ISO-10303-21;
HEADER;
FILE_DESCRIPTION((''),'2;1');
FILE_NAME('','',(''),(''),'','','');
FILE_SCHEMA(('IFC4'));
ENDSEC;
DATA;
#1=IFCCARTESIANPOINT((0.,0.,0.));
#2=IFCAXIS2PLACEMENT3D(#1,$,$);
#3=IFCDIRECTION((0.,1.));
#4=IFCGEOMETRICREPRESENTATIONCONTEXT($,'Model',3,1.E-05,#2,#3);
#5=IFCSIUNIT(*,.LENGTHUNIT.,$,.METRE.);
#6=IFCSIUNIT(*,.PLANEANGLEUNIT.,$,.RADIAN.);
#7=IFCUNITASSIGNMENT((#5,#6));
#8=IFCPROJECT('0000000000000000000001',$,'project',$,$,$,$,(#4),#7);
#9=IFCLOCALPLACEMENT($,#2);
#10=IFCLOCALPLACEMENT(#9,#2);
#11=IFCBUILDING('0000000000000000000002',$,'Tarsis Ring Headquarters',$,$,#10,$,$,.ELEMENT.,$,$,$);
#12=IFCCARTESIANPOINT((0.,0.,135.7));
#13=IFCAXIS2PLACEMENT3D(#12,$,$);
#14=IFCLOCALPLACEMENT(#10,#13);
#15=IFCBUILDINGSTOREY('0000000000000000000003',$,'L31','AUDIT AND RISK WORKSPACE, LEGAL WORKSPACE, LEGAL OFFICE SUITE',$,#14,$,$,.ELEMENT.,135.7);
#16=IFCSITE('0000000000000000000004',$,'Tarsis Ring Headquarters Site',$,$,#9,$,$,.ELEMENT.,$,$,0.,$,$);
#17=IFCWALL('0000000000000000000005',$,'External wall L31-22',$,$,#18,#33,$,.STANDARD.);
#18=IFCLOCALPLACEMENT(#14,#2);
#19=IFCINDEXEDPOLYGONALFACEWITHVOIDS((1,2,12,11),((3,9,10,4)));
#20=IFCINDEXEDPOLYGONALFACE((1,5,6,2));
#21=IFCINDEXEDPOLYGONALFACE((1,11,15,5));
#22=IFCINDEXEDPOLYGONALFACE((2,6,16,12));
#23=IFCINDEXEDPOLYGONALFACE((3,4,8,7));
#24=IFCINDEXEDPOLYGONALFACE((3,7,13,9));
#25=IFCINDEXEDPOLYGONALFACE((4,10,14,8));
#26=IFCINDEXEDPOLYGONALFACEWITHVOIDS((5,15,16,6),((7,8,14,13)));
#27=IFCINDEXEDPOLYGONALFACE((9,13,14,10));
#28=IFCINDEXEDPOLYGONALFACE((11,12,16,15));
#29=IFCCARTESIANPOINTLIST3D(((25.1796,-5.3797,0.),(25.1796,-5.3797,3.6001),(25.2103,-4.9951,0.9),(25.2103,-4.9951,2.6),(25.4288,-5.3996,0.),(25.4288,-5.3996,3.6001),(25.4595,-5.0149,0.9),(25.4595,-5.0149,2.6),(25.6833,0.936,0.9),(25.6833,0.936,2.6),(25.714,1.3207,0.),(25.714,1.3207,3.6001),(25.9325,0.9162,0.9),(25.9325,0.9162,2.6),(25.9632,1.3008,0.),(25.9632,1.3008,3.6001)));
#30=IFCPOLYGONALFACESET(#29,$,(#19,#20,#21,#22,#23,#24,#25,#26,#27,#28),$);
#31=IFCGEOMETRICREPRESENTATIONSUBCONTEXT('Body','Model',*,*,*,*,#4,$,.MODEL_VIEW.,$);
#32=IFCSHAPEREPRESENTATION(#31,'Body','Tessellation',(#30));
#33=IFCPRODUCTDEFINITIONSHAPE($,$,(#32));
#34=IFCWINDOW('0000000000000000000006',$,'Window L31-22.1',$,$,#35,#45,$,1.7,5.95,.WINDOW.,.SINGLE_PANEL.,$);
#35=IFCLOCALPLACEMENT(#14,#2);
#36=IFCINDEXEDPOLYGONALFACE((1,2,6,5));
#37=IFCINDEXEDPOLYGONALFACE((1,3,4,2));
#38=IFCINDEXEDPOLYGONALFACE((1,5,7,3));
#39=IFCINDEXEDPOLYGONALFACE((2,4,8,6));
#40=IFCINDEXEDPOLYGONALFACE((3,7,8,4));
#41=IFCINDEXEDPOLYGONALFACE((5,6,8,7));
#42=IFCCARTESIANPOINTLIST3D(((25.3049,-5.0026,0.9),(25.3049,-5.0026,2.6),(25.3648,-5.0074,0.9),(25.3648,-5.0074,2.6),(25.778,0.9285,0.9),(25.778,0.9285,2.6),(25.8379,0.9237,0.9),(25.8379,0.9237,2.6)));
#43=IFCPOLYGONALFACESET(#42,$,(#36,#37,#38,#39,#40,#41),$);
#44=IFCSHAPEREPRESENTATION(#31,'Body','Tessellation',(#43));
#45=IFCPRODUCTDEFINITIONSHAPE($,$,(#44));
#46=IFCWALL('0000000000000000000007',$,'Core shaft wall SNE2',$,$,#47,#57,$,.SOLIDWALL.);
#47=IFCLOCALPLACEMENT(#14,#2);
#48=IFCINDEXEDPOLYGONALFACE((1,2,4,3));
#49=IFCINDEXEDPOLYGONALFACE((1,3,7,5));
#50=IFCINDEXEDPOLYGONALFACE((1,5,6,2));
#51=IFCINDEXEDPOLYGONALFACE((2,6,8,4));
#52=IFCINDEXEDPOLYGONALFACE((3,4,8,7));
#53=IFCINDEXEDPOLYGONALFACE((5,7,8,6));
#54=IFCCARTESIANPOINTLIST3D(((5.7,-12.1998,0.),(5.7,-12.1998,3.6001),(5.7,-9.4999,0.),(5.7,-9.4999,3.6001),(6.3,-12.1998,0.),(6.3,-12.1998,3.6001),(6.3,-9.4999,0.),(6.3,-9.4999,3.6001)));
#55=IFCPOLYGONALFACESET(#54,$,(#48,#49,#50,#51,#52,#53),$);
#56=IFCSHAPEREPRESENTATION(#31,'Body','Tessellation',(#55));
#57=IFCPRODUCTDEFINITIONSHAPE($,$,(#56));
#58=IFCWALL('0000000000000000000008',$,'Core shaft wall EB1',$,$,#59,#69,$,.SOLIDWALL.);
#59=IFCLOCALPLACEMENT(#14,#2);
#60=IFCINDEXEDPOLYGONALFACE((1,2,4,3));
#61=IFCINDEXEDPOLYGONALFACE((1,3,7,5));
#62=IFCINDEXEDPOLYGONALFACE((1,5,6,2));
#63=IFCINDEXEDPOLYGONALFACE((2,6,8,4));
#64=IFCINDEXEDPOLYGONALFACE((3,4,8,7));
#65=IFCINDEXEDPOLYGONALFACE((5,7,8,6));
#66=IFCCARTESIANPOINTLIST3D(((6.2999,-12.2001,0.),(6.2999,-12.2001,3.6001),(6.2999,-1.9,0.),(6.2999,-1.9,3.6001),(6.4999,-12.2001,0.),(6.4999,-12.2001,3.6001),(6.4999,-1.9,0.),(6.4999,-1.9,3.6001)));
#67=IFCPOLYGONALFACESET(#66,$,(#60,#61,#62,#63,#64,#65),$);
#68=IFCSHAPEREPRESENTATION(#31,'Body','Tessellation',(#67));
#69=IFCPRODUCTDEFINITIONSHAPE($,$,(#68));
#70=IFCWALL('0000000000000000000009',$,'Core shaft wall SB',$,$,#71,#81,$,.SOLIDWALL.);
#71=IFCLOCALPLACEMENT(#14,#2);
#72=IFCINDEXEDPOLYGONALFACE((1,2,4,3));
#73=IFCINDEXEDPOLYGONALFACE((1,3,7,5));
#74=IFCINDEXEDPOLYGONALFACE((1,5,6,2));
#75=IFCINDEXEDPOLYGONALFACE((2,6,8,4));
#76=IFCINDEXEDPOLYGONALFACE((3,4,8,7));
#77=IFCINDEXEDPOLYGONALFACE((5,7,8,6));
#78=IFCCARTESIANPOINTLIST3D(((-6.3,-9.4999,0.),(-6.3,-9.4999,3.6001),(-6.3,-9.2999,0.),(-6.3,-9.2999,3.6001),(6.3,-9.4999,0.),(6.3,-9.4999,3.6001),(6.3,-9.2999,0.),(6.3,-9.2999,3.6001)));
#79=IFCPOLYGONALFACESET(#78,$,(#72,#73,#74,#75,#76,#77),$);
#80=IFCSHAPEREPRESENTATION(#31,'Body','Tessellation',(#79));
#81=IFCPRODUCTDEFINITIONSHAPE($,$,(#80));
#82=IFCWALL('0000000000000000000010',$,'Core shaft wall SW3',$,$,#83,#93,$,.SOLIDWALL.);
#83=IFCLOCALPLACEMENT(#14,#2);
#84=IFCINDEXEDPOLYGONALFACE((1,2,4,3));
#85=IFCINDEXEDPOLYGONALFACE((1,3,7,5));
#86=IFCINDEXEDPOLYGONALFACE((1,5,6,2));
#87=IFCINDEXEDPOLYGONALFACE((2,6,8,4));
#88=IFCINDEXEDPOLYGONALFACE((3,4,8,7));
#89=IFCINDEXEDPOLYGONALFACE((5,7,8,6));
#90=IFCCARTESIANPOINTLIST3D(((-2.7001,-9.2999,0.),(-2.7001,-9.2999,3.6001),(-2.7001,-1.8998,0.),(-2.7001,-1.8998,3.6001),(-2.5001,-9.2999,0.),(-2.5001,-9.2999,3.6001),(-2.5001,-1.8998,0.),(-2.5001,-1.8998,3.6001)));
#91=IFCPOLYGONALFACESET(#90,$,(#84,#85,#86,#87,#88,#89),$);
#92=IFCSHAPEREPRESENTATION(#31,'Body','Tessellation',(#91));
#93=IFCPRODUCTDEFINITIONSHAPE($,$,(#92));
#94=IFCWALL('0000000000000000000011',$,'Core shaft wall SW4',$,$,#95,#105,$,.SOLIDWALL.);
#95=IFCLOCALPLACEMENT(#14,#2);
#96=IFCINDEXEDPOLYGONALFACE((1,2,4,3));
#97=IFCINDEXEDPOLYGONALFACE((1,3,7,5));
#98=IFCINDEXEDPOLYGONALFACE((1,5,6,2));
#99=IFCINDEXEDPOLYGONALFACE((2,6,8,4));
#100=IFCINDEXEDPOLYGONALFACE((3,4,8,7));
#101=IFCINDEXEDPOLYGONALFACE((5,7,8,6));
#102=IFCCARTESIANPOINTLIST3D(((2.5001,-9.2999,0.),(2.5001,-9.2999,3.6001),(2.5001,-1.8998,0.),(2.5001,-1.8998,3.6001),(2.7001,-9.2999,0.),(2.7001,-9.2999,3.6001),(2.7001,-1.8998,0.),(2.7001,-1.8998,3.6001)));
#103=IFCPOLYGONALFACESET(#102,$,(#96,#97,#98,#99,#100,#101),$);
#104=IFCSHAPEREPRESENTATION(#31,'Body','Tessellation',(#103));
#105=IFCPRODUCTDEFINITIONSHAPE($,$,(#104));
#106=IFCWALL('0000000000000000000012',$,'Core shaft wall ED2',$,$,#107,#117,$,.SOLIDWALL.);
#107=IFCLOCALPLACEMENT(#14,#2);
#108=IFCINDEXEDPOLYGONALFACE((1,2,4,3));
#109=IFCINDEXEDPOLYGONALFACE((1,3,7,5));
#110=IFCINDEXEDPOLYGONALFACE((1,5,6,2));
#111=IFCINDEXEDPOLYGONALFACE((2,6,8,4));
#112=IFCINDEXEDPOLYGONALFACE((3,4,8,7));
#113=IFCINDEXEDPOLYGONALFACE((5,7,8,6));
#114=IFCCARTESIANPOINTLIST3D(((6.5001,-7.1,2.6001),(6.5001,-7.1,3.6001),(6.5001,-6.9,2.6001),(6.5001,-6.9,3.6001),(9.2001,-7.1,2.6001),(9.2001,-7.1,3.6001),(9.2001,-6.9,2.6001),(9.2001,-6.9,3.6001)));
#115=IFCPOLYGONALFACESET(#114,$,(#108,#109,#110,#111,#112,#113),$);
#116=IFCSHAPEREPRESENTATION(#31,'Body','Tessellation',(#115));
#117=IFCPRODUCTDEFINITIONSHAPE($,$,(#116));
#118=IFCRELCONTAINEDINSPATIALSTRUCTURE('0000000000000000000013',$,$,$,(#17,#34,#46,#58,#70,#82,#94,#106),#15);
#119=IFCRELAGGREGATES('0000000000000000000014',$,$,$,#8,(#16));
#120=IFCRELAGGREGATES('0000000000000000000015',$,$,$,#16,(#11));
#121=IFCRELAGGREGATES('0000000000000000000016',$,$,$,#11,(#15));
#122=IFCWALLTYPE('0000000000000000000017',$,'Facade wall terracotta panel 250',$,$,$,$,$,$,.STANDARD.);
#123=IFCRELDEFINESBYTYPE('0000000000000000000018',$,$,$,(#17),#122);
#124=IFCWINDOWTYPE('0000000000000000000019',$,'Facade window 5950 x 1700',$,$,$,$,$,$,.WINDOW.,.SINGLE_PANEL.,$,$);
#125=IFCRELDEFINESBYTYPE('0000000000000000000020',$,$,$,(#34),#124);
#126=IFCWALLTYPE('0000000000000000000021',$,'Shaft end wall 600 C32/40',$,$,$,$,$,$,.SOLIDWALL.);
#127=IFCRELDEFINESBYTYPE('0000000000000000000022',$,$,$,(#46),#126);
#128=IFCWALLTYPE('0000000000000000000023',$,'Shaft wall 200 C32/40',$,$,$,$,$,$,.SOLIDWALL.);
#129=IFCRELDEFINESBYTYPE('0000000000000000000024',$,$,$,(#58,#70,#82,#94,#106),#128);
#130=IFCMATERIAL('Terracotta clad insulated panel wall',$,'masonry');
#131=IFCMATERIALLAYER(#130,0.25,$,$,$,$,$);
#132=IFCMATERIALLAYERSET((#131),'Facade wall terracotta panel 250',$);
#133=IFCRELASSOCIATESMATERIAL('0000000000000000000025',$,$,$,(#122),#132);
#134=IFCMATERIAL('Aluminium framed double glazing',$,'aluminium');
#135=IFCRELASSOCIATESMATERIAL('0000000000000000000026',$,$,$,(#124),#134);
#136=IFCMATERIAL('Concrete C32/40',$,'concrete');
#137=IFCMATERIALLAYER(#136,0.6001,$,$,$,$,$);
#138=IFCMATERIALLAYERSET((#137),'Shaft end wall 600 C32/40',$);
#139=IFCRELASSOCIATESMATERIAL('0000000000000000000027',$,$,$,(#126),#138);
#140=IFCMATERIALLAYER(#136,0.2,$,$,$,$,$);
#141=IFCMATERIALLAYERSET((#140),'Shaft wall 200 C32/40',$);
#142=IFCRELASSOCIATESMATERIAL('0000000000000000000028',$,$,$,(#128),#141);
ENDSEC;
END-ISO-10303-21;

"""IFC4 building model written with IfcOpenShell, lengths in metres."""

from ifc_helpers import new_model, si_unit, direction, frame, frame_2d, origin, place, context, subcontext, project, spatial, rectangle, extrude, material, layer, layer_set, type_object, element, fill, save


model = new_model("IFC4")

# Units and contexts
model_context = context("Model", 3, precision=1e-05, world=origin(), true_north=direction((0.0, 1.0)))
body_context = subcontext(model_context, "Body", "Model", "MODEL_VIEW")
ifc_project = project(units=[si_unit("LENGTHUNIT", "METRE"), si_unit("PLANEANGLEUNIT", "RADIAN")], contexts=[model_context])

# Site, building, storey
site_placement = place(None, origin())
site = spatial("IfcSite", under=ifc_project, at=site_placement, Name="Tarsis Ring Headquarters Site", CompositionType="ELEMENT", RefElevation=0.0)
building_placement = place(site_placement, origin())
building = spatial("IfcBuilding", under=site, at=building_placement, Name="Tarsis Ring Headquarters", CompositionType="ELEMENT")
storey_placement = place(building_placement, frame((0.0, 0.0, 135.7)))
storey = spatial("IfcBuildingStorey", under=building, at=storey_placement, Name="L31", Description="AUDIT AND RISK WORKSPACE, LEGAL WORKSPACE, LEGAL OFFICE SUITE", CompositionType="ELEMENT", Elevation=135.7)

# Wall, opening, window
ifc_material_1 = material(Name="Terracotta clad insulated panel wall", Category="masonry")
ifc_layer_1 = layer(ifc_material_1, 0.25)
ifc_layer_set_1 = layer_set([ifc_layer_1], Name="Facade wall terracotta panel 250")
wall_type_1 = type_object("IfcWallType", Name="Facade wall terracotta panel 250", PredefinedType="STANDARD", material=ifc_layer_set_1)
ifc_material_2 = material(Name="Aluminium framed double glazing", Category="aluminium")
window_type = type_object("IfcWindowType", Name="Facade window 5950 x 1700", PartitioningType="SINGLE_PANEL", PredefinedType="WINDOW", material=ifc_material_2)
wall_1_placement = place(storey_placement, frame((25.3042, -5.3896, 0.0), z_axis=(0.0, 0.0, 1.0), x_axis=(0.079507, 0.996834, 0.0)))
wall_1 = element("IfcWall", 1, at=wall_1_placement, inside=storey, type_object=wall_type_1, Name="External wall L31-22", PredefinedType="STANDARD", context=body_context, shape_type="SweptSolid", body=[
    extrude(rectangle(XDim=6.7217, YDim=0.25, at=frame_2d((3.3608, 0.0))), origin(), (0.0, 0.0, 1.0), 3.6001),
])
opening_1_placement = place(wall_1_placement, frame((0.3857, 0.0, 0.8999)))
opening_1 = element("IfcOpeningElement", 2, at=opening_1_placement, cuts=wall_1, PredefinedType="OPENING", context=body_context, shape_type="SweptSolid", body=[
    extrude(rectangle(XDim=5.95, YDim=1.7, at=frame_2d((2.9751, 0.8501))), frame((0.0, 0.135, 0.0), z_axis=(0.0, -1.0, 0.0), x_axis=(1.0, 0.0, 0.0)), (0.0, 0.0, 1.0), 0.27),
])
window_1_placement = place(opening_1_placement, origin())
window_1 = element("IfcWindow", 3, at=window_1_placement, inside=storey, type_object=window_type, Name="Window L31-22.1", OverallHeight=1.7, OverallWidth=5.95, PartitioningType="SINGLE_PANEL", PredefinedType="WINDOW", context=body_context, shape_type="SweptSolid", body=[
    extrude(rectangle(XDim=5.95, YDim=1.7, at=frame_2d((2.9751, 0.8501))), frame((0.0, 0.03, 0.0), z_axis=(0.0, -1.0, 0.0), x_axis=(1.0, 0.0, 0.0)), (0.0, 0.0, 1.0), 0.0601),
])
fill(opening_1, window_1)

# Walls
ifc_material_3 = material(Name="Concrete C32/40", Category="concrete")
ifc_layer_2 = layer(ifc_material_3, 0.6001)
ifc_layer_set_2 = layer_set([ifc_layer_2], Name="Shaft end wall 600 C32/40")
wall_type_2 = type_object("IfcWallType", Name="Shaft end wall 600 C32/40", PredefinedType="SOLIDWALL", material=ifc_layer_set_2)
wall_2_placement = place(storey_placement, frame((6.0, -12.2, 0.0), z_axis=(0.0, 0.0, 1.0), x_axis=(0.0, 1.0, 0.0)))
element("IfcWall", 4, at=wall_2_placement, inside=storey, type_object=wall_type_2, Name="Core shaft wall SNE2", PredefinedType="SOLIDWALL", context=body_context, shape_type="SweptSolid", body=[
    extrude(rectangle(XDim=2.7, YDim=0.6001, at=frame_2d((1.3501, 0.0))), origin(), (0.0, 0.0, 1.0), 3.6001),
])
ifc_layer_3 = layer(ifc_material_3, 0.2)
ifc_layer_set_3 = layer_set([ifc_layer_3], Name="Shaft wall 200 C32/40")
wall_type_3 = type_object("IfcWallType", Name="Shaft wall 200 C32/40", PredefinedType="SOLIDWALL", material=ifc_layer_set_3)
wall_3_placement = place(storey_placement, frame((6.3999, -12.2, 0.0), z_axis=(0.0, 0.0, 1.0), x_axis=(0.0, 1.0, 0.0)))
element("IfcWall", 5, at=wall_3_placement, inside=storey, type_object=wall_type_3, Name="Core shaft wall EB1", PredefinedType="SOLIDWALL", context=body_context, shape_type="SweptSolid", body=[
    extrude(rectangle(XDim=10.3, YDim=0.2, at=frame_2d((5.1499, 0.0))), origin(), (0.0, 0.0, 1.0), 3.6001),
])
wall_4_placement = place(storey_placement, frame((-6.3, -9.3999, 0.0), z_axis=(0.0, 0.0, 1.0), x_axis=(1.0, 0.0, 0.0)))
element("IfcWall", 6, at=wall_4_placement, inside=storey, type_object=wall_type_3, Name="Core shaft wall SB", PredefinedType="SOLIDWALL", context=body_context, shape_type="SweptSolid", body=[
    extrude(rectangle(XDim=12.6001, YDim=0.2, at=frame_2d((6.3, 0.0))), origin(), (0.0, 0.0, 1.0), 3.6001),
])
for number, where, z_axis, x_axis, name in (
    (7, (-2.6001, -9.3, 0.0), (0.0, 0.0, 1.0), (0.0, 1.0, 0.0), "Core shaft wall SW3"),
    (8, (2.6001, -9.3, 0.0), (0.0, 0.0, 1.0), (0.0, 1.0, 0.0), "Core shaft wall SW4"),
):
    element("IfcWall", number, at=place(storey_placement, frame(where, z_axis=z_axis, x_axis=x_axis)), inside=storey, type_object=wall_type_3, Name=name, PredefinedType="SOLIDWALL", context=body_context, shape_type="SweptSolid", body=[
        extrude(rectangle(XDim=7.4001, YDim=0.2, at=frame_2d((3.7002, 0.0))), origin(), (0.0, 0.0, 1.0), 3.6001),
    ])
wall_5_placement = place(storey_placement, frame((6.5, -7.0, 2.6001), z_axis=(0.0, 0.0, 1.0), x_axis=(1.0, 0.0, 0.0)))
element("IfcWall", 9, at=wall_5_placement, inside=storey, type_object=wall_type_3, Name="Core shaft wall ED2", PredefinedType="SOLIDWALL", context=body_context, shape_type="SweptSolid", body=[
    extrude(rectangle(XDim=2.7, YDim=0.2, at=frame_2d((1.3501, 0.0))), origin(), (0.0, 0.0, 1.0), 1.0),
])

save(model, "model.ifc")
